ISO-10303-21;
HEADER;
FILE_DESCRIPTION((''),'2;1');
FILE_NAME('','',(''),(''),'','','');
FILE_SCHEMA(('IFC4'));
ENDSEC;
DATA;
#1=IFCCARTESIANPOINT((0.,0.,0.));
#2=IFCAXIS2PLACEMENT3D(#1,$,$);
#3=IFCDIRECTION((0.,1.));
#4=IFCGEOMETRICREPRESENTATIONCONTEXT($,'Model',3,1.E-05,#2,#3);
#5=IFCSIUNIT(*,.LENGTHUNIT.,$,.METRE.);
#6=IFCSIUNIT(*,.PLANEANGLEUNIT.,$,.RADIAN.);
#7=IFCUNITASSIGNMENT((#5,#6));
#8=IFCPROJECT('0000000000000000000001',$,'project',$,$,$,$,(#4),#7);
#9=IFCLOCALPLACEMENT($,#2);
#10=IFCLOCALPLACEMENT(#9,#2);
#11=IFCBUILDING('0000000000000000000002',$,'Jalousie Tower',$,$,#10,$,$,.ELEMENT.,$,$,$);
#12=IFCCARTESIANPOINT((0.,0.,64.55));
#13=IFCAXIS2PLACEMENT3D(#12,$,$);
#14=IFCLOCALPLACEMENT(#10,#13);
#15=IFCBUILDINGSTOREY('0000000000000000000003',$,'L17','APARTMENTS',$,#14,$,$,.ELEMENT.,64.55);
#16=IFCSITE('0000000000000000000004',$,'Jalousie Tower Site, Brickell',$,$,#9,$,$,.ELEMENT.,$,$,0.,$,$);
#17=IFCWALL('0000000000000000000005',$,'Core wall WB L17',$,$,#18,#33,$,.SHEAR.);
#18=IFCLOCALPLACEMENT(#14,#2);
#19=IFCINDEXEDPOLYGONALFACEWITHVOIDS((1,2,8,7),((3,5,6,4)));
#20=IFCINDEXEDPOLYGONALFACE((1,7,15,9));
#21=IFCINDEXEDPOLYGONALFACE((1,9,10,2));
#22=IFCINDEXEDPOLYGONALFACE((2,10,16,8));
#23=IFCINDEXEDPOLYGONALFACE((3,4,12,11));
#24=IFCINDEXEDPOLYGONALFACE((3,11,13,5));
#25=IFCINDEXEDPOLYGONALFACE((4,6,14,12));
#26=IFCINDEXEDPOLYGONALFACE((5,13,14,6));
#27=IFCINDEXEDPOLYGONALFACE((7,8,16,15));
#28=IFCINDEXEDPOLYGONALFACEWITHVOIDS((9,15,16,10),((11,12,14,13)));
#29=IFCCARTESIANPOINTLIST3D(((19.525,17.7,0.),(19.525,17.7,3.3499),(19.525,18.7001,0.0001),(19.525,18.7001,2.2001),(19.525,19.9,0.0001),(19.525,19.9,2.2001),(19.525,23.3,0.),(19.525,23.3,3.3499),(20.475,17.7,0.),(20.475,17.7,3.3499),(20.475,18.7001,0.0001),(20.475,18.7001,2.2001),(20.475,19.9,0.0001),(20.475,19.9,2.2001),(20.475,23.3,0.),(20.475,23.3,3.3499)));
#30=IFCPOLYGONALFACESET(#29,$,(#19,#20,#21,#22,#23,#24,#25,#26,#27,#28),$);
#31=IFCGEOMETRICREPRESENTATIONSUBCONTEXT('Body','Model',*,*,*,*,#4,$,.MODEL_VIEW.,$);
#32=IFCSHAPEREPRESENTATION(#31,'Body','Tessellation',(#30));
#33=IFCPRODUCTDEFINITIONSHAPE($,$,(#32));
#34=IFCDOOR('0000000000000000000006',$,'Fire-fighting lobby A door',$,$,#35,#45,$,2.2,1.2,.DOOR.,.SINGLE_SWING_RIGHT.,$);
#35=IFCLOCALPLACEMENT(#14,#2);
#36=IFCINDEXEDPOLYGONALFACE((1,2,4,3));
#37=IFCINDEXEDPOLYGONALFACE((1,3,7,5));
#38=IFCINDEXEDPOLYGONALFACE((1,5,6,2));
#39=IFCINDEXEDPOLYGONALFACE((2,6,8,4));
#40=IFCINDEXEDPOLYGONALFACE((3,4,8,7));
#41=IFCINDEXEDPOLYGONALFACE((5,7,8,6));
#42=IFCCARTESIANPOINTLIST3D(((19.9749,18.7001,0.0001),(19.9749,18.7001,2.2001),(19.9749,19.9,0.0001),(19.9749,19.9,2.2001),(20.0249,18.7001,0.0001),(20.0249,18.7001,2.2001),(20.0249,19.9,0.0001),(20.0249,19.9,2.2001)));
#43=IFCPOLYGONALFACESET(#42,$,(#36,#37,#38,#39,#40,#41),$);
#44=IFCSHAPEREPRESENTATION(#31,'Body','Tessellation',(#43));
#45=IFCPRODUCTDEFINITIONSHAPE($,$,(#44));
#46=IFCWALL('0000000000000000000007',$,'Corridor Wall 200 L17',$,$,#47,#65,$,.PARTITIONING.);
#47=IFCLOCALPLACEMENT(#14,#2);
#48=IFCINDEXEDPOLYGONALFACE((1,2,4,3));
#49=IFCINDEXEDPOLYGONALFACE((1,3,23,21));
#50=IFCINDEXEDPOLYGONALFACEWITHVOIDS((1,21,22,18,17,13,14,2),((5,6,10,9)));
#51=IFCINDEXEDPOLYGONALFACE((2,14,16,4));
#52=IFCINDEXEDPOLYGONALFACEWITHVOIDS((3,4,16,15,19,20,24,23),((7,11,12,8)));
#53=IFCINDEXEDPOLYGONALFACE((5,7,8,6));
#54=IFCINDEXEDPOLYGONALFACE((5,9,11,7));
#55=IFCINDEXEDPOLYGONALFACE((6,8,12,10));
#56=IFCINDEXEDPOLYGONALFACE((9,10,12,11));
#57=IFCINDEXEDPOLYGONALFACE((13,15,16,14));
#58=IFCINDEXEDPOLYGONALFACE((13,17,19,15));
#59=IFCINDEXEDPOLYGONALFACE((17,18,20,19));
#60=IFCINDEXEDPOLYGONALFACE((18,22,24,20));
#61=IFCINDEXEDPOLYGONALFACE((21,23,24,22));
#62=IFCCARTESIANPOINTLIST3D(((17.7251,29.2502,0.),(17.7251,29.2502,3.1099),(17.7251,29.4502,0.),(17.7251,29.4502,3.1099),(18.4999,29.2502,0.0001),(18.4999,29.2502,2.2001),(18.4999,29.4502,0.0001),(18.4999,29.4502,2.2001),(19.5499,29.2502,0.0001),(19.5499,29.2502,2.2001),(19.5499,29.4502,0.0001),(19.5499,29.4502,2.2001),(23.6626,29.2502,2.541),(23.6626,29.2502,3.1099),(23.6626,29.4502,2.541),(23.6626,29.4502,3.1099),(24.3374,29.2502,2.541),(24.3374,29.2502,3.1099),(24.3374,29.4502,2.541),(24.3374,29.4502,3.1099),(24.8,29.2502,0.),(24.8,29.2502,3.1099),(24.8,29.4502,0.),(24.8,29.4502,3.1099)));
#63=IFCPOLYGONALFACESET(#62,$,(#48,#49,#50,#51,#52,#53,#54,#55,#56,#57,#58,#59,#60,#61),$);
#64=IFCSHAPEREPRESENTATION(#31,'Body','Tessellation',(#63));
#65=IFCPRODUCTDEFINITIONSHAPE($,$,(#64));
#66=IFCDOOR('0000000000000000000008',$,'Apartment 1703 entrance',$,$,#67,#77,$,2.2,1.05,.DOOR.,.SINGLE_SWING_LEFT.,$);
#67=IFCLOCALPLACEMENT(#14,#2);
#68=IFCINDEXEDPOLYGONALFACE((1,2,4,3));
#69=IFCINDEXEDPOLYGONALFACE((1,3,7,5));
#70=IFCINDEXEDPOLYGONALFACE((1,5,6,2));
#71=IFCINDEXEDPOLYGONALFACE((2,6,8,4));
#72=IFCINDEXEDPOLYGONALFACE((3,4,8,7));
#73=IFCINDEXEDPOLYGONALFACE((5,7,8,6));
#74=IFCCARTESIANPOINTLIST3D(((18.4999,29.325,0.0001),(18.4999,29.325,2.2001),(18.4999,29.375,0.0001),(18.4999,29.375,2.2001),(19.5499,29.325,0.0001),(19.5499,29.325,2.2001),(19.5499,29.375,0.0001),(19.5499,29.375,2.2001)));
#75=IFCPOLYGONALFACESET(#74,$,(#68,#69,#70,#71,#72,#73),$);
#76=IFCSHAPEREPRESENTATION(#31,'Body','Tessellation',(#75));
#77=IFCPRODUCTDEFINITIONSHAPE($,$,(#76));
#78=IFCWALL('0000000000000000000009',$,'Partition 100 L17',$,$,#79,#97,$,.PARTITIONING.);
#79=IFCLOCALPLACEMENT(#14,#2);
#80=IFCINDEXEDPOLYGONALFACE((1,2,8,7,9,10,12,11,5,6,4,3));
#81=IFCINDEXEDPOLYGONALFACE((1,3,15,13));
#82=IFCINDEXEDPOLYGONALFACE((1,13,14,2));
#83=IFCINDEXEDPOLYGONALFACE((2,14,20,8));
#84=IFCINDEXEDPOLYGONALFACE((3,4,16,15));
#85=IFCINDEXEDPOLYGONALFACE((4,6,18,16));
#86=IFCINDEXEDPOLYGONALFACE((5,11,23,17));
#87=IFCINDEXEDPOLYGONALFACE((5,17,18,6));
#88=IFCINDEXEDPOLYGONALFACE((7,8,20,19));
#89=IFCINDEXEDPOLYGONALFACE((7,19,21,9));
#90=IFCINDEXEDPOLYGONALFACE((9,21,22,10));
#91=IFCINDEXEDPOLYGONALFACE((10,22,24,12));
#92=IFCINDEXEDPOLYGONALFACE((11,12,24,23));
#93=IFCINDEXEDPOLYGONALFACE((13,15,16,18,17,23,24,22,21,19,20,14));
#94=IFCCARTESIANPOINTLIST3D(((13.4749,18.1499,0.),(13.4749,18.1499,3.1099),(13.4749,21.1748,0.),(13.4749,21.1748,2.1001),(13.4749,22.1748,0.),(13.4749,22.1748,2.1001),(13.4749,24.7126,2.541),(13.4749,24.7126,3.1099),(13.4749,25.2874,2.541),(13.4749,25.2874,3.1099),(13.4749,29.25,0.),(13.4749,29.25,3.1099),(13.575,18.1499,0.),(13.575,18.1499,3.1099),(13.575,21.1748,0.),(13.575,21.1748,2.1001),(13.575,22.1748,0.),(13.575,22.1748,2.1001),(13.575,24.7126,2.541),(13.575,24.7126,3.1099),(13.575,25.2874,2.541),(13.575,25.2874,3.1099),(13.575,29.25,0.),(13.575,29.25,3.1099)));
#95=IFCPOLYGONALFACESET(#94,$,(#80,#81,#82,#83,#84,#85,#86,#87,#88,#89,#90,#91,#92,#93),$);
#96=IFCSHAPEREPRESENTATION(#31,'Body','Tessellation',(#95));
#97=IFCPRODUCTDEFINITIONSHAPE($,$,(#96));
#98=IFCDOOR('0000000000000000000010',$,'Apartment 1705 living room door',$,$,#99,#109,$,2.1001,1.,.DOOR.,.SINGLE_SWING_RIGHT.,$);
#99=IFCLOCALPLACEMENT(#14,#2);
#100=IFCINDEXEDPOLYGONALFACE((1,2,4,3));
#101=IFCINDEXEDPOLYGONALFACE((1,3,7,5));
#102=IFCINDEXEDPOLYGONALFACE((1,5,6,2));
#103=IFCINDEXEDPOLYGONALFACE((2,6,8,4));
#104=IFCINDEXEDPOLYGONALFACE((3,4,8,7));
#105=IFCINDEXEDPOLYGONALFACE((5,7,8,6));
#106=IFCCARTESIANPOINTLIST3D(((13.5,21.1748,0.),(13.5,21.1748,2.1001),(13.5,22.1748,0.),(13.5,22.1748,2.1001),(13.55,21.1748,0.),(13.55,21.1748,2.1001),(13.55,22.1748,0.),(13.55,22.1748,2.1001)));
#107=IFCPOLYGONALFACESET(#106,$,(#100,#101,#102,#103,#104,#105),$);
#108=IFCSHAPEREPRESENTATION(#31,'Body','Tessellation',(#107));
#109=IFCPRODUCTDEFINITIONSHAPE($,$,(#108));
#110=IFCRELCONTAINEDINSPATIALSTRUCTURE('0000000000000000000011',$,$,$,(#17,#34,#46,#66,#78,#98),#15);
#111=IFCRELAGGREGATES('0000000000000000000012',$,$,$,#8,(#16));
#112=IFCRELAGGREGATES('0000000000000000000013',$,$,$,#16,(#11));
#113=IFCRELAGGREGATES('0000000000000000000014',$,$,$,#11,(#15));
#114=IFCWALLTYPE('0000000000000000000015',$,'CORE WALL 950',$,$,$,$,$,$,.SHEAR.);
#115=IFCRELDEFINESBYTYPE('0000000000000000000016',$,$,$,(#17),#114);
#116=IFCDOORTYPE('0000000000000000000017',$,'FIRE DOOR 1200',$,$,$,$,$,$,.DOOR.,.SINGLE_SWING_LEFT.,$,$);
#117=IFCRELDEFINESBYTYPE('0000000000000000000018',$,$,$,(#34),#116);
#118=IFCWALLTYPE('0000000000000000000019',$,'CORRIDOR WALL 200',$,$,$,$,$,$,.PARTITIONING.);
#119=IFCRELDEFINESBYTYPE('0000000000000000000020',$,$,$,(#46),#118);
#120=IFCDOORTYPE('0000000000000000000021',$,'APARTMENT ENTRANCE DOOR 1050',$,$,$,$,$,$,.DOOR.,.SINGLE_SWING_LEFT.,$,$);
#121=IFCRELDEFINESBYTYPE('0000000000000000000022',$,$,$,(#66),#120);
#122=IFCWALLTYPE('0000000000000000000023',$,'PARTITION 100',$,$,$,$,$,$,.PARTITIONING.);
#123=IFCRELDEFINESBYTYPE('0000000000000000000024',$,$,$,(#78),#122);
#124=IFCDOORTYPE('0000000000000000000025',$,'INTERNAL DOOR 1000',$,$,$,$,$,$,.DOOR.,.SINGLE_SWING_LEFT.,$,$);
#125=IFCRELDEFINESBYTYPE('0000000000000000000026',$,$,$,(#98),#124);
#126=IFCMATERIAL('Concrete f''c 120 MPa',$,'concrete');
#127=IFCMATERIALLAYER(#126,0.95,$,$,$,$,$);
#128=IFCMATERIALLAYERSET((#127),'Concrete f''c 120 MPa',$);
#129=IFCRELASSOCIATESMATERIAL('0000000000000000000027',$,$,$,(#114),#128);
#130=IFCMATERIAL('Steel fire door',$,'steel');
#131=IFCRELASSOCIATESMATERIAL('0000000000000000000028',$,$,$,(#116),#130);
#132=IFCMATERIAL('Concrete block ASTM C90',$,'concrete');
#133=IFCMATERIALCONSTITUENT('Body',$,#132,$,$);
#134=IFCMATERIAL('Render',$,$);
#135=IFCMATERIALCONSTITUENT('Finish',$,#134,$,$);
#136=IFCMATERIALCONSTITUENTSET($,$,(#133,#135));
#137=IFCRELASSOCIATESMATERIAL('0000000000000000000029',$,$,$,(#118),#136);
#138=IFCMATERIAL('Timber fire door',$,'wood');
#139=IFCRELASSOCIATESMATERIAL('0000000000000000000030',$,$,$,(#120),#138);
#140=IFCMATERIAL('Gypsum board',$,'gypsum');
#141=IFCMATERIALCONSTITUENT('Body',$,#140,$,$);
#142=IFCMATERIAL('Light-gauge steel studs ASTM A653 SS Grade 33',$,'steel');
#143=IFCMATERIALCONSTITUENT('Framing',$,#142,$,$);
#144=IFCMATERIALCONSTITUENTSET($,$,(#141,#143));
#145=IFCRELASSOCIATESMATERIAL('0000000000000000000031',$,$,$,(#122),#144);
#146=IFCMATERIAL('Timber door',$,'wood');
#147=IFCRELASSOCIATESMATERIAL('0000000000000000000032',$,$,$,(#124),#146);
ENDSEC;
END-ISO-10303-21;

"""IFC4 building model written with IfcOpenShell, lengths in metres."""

from ifc_helpers import new_model, si_unit, direction, frame, frame_2d, origin, place, context, subcontext, project, spatial, polyline, rectangle, outline, extrude, material, layer, layer_set, constituent, constituent_set, type_object, element, fill, save


model = new_model("IFC4")

# Units and contexts
model_context = context("Model", 3, precision=1e-05, world=origin(), true_north=direction((0.0, 1.0)))
body_context = subcontext(model_context, "Body", "Model", "MODEL_VIEW")
ifc_project = project(units=[si_unit("LENGTHUNIT", "METRE"), si_unit("PLANEANGLEUNIT", "RADIAN")], contexts=[model_context])

# Site, building, storey
site_placement = place(None, origin())
site = spatial("IfcSite", under=ifc_project, at=site_placement, Name="Jalousie Tower Site, Brickell", CompositionType="ELEMENT", RefElevation=0.0)
building_placement = place(site_placement, origin())
building = spatial("IfcBuilding", under=site, at=building_placement, Name="Jalousie Tower", CompositionType="ELEMENT")
storey_placement = place(building_placement, frame((0.0, 0.0, 64.55)))
storey = spatial("IfcBuildingStorey", under=building, at=storey_placement, Name="L17", Description="APARTMENTS", CompositionType="ELEMENT", Elevation=64.55)

# Shared definitions
ifc_material_1 = material(Name="Concrete f'c 120 MPa", Category="concrete")
ifc_layer_1 = layer(ifc_material_1, 0.95)
ifc_layer_set_1 = layer_set([ifc_layer_1], Name="Concrete f'c 120 MPa")
wall_type_1 = type_object("IfcWallType", Name="CORE WALL 950", PredefinedType="SHEAR", material=ifc_layer_set_1)

# Walls, openings, doors
wall_1_placement = place(storey_placement, frame((20.0, 23.3, 0.0), z_axis=(0.0, 0.0, 1.0), x_axis=(0.0, -1.0, 0.0)))
wall_1 = element("IfcWall", 1, at=wall_1_placement, inside=storey, type_object=wall_type_1, Name="Core wall WB L17", PredefinedType="SHEAR", context=body_context, shape_type="SweptSolid", body=[
    extrude(rectangle(XDim=5.6001, YDim=0.95, at=frame_2d((2.8, 0.0))), origin(), (0.0, 0.0, 1.0), 3.3499),
])
opening_1_placement = place(wall_1_placement, frame((3.3999, 0.0, 0.0)))
opening_1 = element("IfcOpeningElement", 2, at=opening_1_placement, cuts=wall_1, PredefinedType="OPENING", context=body_context, shape_type="SweptSolid", body=[
    extrude(rectangle(XDim=1.2, YDim=2.2, at=frame_2d((0.6001, 1.1001))), frame((0.0, 0.4849, 0.0), z_axis=(0.0, -1.0, 0.0), x_axis=(1.0, 0.0, 0.0)), (0.0, 0.0, 1.0), 0.97),
])
ifc_material_2 = material(Name="Steel fire door", Category="steel")
door_type_1 = type_object("IfcDoorType", Name="FIRE DOOR 1200", OperationType="SINGLE_SWING_LEFT", PredefinedType="DOOR", material=ifc_material_2)
door_1_placement = place(opening_1_placement, origin())
door_1 = element("IfcDoor", 3, at=door_1_placement, inside=storey, type_object=door_type_1, Name="Fire-fighting lobby A door", OperationType="SINGLE_SWING_RIGHT", OverallHeight=2.2, OverallWidth=1.2, PredefinedType="DOOR", context=body_context, shape_type="SweptSolid", body=[
    extrude(rectangle(XDim=1.2, YDim=2.2, at=frame_2d((0.6001, 1.1001))), frame((0.0, 0.0249, 0.0), z_axis=(0.0, -1.0, 0.0), x_axis=(1.0, 0.0, 0.0)), (0.0, 0.0, 1.0), 0.05),
])
fill(opening_1, door_1)
ifc_material_3 = material(Name="Concrete block ASTM C90", Category="concrete")
ifc_constituent_1 = constituent(ifc_material_3, Name="Body")
ifc_material_4 = material(Name="Render")
ifc_constituent_2 = constituent(ifc_material_4, Name="Finish")
ifc_constituent_set_1 = constituent_set(constituents=[ifc_constituent_1, ifc_constituent_2])
wall_type_2 = type_object("IfcWallType", Name="CORRIDOR WALL 200", PredefinedType="PARTITIONING", material=ifc_constituent_set_1)
wall_2_placement = place(storey_placement, frame((17.7251, 29.3501, 0.0), z_axis=(0.0, 0.0, 1.0), x_axis=(1.0, 0.0, 0.0)))
wall_2 = element("IfcWall", 4, at=wall_2_placement, inside=storey, type_object=wall_type_2, Name="Corridor Wall 200 L17", PredefinedType="PARTITIONING", context=body_context, shape_type="SweptSolid", body=[
    extrude(outline(polyline([(0.0, 0.0), (7.075, 0.0), (7.075, 3.1099), (6.6123, 3.1099), (6.6123, 2.541), (5.9375, 2.541), (5.9375, 3.1099), (0.0, 3.1099), (0.0, 0.0)])), frame((0.0, 0.1001, 0.0), z_axis=(0.0, -1.0, 0.0), x_axis=(1.0, 0.0, 0.0)), (0.0, 0.0, 1.0), 0.2),
])
opening_2_placement = place(wall_2_placement, frame((0.7749, 0.0, 0.0)))
opening_2 = element("IfcOpeningElement", 5, at=opening_2_placement, cuts=wall_2, PredefinedType="OPENING", context=body_context, shape_type="SweptSolid", body=[
    extrude(rectangle(XDim=1.05, YDim=2.2, at=frame_2d((0.5249, 1.1001))), frame((0.0, 0.1099, 0.0), z_axis=(0.0, -1.0, 0.0), x_axis=(1.0, 0.0, 0.0)), (0.0, 0.0, 1.0), 0.22),
])
ifc_material_5 = material(Name="Timber fire door", Category="wood")
door_type_2 = type_object("IfcDoorType", Name="APARTMENT ENTRANCE DOOR 1050", OperationType="SINGLE_SWING_LEFT", PredefinedType="DOOR", material=ifc_material_5)
door_2_placement = place(opening_2_placement, origin())
door_2 = element("IfcDoor", 6, at=door_2_placement, inside=storey, type_object=door_type_2, Name="Apartment 1703 entrance", OperationType="SINGLE_SWING_LEFT", OverallHeight=2.2, OverallWidth=1.05, PredefinedType="DOOR", context=body_context, shape_type="SweptSolid", body=[
    extrude(rectangle(XDim=1.05, YDim=2.2, at=frame_2d((0.5249, 1.1001))), frame((0.0, 0.0249, 0.0), z_axis=(0.0, -1.0, 0.0), x_axis=(1.0, 0.0, 0.0)), (0.0, 0.0, 1.0), 0.05),
])
fill(opening_2, door_2)
ifc_material_6 = material(Name="Gypsum board", Category="gypsum")
ifc_constituent_3 = constituent(ifc_material_6, Name="Body")
ifc_material_7 = material(Name="Light-gauge steel studs ASTM A653 SS Grade 33", Category="steel")
ifc_constituent_4 = constituent(ifc_material_7, Name="Framing")
ifc_constituent_set_2 = constituent_set(constituents=[ifc_constituent_3, ifc_constituent_4])
wall_type_3 = type_object("IfcWallType", Name="PARTITION 100", PredefinedType="PARTITIONING", material=ifc_constituent_set_2)
wall_3_placement = place(storey_placement, frame((13.5249, 18.1499, 0.0), z_axis=(0.0, 0.0, 1.0), x_axis=(0.0, 1.0, 0.0)))
wall_3 = element("IfcWall", 7, at=wall_3_placement, inside=storey, type_object=wall_type_3, Name="Partition 100 L17", PredefinedType="PARTITIONING", context=body_context, shape_type="SweptSolid", body=[
    extrude(outline(polyline([(0.0, 0.0), (11.1001, 0.0), (11.1001, 3.1099), (7.1375, 3.1099), (7.1375, 2.541), (6.5627, 2.541), (6.5627, 3.1099), (0.0, 3.1099), (0.0, 0.0)])), frame((0.0, 0.05, 0.0), z_axis=(0.0, -1.0, 0.0), x_axis=(1.0, 0.0, 0.0)), (0.0, 0.0, 1.0), 0.1001),
])
opening_3_placement = place(wall_3_placement, frame((3.0249, 0.0, 0.0)))
opening_3 = element("IfcOpeningElement", 8, at=opening_3_placement, cuts=wall_3, PredefinedType="OPENING", context=body_context, shape_type="SweptSolid", body=[
    extrude(rectangle(XDim=1.0, YDim=2.1001, at=frame_2d((0.5, 1.05))), frame((0.0, 0.0601, 0.0), z_axis=(0.0, -1.0, 0.0), x_axis=(1.0, 0.0, 0.0)), (0.0, 0.0, 1.0), 0.1201),
])
ifc_material_8 = material(Name="Timber door", Category="wood")
door_type_3 = type_object("IfcDoorType", Name="INTERNAL DOOR 1000", OperationType="SINGLE_SWING_LEFT", PredefinedType="DOOR", material=ifc_material_8)
door_3_placement = place(opening_3_placement, origin())
door_3 = element("IfcDoor", 9, at=door_3_placement, inside=storey, type_object=door_type_3, Name="Apartment 1705 living room door", OperationType="SINGLE_SWING_RIGHT", OverallHeight=2.1001, OverallWidth=1.0, PredefinedType="DOOR", context=body_context, shape_type="SweptSolid", body=[
    extrude(rectangle(XDim=1.0, YDim=2.1001, at=frame_2d((0.5, 1.05))), frame((0.0, 0.0249, 0.0), z_axis=(0.0, -1.0, 0.0), x_axis=(1.0, 0.0, 0.0)), (0.0, 0.0, 1.0), 0.05),
])
fill(opening_3, door_3)

save(model, "model.ifc")
